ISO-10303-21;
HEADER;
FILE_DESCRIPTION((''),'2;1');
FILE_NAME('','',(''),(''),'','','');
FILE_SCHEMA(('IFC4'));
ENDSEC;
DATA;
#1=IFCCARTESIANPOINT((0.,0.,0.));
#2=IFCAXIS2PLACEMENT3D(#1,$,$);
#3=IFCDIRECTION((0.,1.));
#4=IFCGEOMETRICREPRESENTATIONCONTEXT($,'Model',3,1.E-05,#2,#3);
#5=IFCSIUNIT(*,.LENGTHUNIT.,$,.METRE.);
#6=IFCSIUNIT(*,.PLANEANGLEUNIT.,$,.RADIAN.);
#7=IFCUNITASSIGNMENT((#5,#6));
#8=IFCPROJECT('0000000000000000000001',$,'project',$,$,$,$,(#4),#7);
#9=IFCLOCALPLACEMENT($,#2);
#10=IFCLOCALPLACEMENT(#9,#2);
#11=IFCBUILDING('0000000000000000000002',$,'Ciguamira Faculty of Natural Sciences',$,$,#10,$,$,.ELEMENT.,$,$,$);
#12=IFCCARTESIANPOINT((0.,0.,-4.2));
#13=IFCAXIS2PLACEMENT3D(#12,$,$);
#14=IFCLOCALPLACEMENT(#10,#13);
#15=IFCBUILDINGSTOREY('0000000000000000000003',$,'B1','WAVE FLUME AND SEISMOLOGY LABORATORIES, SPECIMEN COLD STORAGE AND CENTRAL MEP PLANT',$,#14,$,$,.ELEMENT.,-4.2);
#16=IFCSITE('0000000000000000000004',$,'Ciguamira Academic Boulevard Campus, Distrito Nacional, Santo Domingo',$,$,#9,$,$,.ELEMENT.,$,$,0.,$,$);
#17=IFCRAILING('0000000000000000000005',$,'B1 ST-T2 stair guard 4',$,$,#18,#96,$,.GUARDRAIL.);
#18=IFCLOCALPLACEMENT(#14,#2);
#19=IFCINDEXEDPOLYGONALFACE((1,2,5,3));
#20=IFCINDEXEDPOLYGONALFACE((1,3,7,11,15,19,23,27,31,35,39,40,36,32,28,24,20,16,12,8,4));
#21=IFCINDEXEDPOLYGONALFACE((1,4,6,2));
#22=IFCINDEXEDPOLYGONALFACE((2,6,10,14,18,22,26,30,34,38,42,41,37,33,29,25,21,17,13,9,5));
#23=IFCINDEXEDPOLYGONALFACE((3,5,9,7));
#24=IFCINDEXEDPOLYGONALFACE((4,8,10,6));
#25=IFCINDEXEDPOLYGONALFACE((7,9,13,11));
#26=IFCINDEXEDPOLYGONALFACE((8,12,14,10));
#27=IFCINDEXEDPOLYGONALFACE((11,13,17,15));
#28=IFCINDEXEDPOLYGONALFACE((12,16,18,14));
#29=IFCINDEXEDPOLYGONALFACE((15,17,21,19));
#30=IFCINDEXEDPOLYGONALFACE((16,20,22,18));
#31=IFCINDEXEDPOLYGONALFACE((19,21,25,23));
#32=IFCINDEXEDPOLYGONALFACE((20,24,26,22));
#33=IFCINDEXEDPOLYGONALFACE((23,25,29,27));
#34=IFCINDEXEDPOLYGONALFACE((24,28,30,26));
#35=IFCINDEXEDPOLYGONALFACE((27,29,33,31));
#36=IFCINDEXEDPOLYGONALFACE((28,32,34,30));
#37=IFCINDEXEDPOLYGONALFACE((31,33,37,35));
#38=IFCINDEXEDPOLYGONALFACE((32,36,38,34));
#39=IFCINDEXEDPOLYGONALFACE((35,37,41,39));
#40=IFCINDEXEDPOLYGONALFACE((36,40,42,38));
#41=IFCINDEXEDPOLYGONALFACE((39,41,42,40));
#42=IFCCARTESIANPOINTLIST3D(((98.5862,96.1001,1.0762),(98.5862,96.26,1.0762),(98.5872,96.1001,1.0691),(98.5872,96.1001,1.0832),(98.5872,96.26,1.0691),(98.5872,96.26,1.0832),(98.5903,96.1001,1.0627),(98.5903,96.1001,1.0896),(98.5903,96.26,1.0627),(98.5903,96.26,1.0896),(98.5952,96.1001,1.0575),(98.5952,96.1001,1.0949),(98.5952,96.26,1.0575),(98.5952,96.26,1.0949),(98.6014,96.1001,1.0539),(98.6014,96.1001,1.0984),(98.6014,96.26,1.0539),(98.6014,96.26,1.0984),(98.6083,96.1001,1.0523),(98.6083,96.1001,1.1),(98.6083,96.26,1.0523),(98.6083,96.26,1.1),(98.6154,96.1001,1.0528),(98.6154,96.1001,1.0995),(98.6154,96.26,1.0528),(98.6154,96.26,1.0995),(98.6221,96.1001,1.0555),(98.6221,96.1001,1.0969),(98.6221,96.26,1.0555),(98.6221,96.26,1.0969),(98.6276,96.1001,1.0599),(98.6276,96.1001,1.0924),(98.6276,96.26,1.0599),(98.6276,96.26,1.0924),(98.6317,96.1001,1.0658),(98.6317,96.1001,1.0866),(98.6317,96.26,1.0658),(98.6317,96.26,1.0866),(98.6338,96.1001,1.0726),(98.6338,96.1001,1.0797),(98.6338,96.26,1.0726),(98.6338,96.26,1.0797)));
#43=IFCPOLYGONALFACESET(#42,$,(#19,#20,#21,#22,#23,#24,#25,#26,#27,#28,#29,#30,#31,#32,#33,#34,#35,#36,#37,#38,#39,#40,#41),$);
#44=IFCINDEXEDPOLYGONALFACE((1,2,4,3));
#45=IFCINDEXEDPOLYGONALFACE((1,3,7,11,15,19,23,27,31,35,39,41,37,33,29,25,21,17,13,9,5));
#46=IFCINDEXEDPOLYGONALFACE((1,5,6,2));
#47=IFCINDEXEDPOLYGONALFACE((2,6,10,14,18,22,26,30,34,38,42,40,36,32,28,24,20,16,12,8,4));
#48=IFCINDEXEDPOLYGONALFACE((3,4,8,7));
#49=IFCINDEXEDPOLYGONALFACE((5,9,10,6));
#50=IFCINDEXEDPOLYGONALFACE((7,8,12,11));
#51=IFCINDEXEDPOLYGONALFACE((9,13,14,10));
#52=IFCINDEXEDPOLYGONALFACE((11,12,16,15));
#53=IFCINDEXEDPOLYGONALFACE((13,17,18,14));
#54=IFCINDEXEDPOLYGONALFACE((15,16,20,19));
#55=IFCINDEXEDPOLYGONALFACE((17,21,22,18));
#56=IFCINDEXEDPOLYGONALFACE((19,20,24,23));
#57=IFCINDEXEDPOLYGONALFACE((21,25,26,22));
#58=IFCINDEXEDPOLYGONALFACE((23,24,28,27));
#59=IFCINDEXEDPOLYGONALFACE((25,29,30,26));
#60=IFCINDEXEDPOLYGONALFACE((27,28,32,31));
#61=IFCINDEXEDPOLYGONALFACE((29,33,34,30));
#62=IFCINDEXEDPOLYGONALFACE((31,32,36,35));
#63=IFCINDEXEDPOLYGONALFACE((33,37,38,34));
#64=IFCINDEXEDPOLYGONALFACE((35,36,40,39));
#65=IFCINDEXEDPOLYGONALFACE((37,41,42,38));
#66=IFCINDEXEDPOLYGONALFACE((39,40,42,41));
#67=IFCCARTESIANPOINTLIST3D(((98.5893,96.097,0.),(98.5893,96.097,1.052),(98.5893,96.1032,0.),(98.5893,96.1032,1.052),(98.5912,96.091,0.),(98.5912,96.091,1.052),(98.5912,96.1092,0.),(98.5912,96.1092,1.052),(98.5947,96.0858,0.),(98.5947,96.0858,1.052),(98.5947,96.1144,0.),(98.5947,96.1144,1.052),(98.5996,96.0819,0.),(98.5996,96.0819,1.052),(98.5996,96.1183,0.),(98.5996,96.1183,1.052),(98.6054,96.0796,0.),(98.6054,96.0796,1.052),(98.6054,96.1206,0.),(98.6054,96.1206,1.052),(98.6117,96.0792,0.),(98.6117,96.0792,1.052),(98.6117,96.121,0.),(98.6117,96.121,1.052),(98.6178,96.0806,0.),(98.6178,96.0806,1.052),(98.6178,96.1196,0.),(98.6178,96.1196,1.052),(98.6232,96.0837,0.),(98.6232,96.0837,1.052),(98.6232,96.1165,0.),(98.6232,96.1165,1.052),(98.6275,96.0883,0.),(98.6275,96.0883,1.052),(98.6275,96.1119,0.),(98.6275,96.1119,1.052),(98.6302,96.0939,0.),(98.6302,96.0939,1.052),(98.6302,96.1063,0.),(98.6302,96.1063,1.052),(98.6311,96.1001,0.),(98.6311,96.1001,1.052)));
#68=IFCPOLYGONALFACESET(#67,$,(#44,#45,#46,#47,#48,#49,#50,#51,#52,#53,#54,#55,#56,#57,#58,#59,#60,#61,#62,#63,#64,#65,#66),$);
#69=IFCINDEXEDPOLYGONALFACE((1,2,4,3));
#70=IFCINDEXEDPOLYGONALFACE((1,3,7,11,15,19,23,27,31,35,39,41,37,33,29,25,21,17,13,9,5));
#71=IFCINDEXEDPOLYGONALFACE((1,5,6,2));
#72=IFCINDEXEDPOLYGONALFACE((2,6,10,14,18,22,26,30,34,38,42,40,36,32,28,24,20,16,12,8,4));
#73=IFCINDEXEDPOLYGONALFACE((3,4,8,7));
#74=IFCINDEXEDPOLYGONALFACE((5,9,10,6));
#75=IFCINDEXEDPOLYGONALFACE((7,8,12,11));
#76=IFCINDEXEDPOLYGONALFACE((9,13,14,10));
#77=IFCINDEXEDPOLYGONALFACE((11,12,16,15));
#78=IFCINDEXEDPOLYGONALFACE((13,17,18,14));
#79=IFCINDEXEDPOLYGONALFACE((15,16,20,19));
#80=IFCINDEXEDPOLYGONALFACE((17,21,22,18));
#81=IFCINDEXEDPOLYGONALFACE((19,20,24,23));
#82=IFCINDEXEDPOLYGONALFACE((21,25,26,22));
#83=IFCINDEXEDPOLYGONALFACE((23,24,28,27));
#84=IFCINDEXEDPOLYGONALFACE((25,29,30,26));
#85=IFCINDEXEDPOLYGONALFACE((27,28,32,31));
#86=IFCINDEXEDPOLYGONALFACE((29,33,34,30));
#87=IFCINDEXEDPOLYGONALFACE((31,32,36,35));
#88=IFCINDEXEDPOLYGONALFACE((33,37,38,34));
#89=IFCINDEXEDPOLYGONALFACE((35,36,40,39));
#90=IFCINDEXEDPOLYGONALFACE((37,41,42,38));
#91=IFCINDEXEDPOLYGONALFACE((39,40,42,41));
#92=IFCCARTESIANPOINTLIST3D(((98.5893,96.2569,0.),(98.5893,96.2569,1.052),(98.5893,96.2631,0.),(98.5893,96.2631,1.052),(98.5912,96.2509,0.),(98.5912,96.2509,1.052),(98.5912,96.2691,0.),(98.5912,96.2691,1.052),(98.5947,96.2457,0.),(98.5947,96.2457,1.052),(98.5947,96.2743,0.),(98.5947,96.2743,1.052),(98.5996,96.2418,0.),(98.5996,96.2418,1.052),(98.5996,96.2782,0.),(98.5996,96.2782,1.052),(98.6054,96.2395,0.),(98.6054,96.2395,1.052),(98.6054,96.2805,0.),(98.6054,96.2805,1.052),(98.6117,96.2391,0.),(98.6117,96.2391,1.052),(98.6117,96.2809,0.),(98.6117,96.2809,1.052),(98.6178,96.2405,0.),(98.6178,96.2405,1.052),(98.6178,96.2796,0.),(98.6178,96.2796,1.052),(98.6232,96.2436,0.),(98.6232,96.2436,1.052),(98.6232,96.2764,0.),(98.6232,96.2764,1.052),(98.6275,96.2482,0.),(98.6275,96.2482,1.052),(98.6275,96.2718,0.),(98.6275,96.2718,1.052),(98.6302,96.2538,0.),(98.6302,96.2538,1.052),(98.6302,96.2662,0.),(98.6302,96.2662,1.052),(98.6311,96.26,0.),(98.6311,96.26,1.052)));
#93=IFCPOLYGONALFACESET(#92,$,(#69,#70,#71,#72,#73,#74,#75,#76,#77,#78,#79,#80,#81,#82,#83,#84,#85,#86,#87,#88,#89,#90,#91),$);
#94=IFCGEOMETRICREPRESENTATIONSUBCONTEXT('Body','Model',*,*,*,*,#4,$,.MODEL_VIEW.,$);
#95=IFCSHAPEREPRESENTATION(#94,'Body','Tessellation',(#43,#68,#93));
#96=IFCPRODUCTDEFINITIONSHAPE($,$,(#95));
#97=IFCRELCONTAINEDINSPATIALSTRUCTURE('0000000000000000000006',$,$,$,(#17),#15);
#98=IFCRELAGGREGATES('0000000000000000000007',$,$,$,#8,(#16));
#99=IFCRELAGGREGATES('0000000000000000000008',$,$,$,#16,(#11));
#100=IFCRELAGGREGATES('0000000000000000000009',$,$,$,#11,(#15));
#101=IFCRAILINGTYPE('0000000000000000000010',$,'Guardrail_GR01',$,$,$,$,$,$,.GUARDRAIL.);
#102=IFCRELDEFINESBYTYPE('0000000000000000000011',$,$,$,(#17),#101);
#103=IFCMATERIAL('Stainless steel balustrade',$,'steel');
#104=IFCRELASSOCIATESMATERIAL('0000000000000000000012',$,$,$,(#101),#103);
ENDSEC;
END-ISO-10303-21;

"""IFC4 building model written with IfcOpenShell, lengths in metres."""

from ifc_helpers import new_model, si_unit, direction, frame, origin, origin_2d, place, context, subcontext, project, spatial, circle, extrude, material, type_object, element, save


model = new_model("IFC4")

# Units and contexts
model_context = context("Model", 3, precision=1e-05, world=origin(), true_north=direction((0.0, 1.0)))
body_context = subcontext(model_context, "Body", "Model", "MODEL_VIEW")
ifc_project = project(units=[si_unit("LENGTHUNIT", "METRE"), si_unit("PLANEANGLEUNIT", "RADIAN")], contexts=[model_context])

# Site, building, storey
site_placement = place(None, origin())
site = spatial("IfcSite", under=ifc_project, at=site_placement, Name="Ciguamira Academic Boulevard Campus, Distrito Nacional, Santo Domingo", CompositionType="ELEMENT", RefElevation=0.0)
building_placement = place(site_placement, origin())
building = spatial("IfcBuilding", under=site, at=building_placement, Name="Ciguamira Faculty of Natural Sciences", CompositionType="ELEMENT")
storey_placement = place(building_placement, frame((0.0, 0.0, -4.2)))
storey = spatial("IfcBuildingStorey", under=building, at=storey_placement, Name="B1", Description="WAVE FLUME AND SEISMOLOGY LABORATORIES, SPECIMEN COLD STORAGE AND CENTRAL MEP PLANT", CompositionType="ELEMENT", Elevation=-4.2)

# Railing
ifc_material_1 = material(Name="Stainless steel balustrade", Category="steel")
railing_type_1 = type_object("IfcRailingType", Name="Guardrail_GR01", PredefinedType="GUARDRAIL", material=ifc_material_1)
railing_1_placement = place(storey_placement, frame((98.6101, 96.1001, 0.0)))
element("IfcRailing", 1, at=railing_1_placement, inside=storey, type_object=railing_type_1, Name="B1 ST-T2 stair guard 4", PredefinedType="GUARDRAIL", context=body_context, shape_type="SweptSolid", body=[
    extrude(circle(Radius=0.0239, at=origin_2d()), frame((0.0, 0.0, 1.0762), z_axis=(0.0, 1.0, 0.0), x_axis=(-1.0, 0.0, 0.0)), (0.0, 0.0, 1.0), 0.1599),
    extrude(circle(Radius=0.021, at=origin_2d()), origin(), (0.0, 0.0, 1.0), 1.052),
    extrude(circle(Radius=0.021, at=origin_2d()), frame((0.0, 0.1599, 0.0)), (0.0, 0.0, 1.0), 1.052),
])

save(model, "model.ifc")
